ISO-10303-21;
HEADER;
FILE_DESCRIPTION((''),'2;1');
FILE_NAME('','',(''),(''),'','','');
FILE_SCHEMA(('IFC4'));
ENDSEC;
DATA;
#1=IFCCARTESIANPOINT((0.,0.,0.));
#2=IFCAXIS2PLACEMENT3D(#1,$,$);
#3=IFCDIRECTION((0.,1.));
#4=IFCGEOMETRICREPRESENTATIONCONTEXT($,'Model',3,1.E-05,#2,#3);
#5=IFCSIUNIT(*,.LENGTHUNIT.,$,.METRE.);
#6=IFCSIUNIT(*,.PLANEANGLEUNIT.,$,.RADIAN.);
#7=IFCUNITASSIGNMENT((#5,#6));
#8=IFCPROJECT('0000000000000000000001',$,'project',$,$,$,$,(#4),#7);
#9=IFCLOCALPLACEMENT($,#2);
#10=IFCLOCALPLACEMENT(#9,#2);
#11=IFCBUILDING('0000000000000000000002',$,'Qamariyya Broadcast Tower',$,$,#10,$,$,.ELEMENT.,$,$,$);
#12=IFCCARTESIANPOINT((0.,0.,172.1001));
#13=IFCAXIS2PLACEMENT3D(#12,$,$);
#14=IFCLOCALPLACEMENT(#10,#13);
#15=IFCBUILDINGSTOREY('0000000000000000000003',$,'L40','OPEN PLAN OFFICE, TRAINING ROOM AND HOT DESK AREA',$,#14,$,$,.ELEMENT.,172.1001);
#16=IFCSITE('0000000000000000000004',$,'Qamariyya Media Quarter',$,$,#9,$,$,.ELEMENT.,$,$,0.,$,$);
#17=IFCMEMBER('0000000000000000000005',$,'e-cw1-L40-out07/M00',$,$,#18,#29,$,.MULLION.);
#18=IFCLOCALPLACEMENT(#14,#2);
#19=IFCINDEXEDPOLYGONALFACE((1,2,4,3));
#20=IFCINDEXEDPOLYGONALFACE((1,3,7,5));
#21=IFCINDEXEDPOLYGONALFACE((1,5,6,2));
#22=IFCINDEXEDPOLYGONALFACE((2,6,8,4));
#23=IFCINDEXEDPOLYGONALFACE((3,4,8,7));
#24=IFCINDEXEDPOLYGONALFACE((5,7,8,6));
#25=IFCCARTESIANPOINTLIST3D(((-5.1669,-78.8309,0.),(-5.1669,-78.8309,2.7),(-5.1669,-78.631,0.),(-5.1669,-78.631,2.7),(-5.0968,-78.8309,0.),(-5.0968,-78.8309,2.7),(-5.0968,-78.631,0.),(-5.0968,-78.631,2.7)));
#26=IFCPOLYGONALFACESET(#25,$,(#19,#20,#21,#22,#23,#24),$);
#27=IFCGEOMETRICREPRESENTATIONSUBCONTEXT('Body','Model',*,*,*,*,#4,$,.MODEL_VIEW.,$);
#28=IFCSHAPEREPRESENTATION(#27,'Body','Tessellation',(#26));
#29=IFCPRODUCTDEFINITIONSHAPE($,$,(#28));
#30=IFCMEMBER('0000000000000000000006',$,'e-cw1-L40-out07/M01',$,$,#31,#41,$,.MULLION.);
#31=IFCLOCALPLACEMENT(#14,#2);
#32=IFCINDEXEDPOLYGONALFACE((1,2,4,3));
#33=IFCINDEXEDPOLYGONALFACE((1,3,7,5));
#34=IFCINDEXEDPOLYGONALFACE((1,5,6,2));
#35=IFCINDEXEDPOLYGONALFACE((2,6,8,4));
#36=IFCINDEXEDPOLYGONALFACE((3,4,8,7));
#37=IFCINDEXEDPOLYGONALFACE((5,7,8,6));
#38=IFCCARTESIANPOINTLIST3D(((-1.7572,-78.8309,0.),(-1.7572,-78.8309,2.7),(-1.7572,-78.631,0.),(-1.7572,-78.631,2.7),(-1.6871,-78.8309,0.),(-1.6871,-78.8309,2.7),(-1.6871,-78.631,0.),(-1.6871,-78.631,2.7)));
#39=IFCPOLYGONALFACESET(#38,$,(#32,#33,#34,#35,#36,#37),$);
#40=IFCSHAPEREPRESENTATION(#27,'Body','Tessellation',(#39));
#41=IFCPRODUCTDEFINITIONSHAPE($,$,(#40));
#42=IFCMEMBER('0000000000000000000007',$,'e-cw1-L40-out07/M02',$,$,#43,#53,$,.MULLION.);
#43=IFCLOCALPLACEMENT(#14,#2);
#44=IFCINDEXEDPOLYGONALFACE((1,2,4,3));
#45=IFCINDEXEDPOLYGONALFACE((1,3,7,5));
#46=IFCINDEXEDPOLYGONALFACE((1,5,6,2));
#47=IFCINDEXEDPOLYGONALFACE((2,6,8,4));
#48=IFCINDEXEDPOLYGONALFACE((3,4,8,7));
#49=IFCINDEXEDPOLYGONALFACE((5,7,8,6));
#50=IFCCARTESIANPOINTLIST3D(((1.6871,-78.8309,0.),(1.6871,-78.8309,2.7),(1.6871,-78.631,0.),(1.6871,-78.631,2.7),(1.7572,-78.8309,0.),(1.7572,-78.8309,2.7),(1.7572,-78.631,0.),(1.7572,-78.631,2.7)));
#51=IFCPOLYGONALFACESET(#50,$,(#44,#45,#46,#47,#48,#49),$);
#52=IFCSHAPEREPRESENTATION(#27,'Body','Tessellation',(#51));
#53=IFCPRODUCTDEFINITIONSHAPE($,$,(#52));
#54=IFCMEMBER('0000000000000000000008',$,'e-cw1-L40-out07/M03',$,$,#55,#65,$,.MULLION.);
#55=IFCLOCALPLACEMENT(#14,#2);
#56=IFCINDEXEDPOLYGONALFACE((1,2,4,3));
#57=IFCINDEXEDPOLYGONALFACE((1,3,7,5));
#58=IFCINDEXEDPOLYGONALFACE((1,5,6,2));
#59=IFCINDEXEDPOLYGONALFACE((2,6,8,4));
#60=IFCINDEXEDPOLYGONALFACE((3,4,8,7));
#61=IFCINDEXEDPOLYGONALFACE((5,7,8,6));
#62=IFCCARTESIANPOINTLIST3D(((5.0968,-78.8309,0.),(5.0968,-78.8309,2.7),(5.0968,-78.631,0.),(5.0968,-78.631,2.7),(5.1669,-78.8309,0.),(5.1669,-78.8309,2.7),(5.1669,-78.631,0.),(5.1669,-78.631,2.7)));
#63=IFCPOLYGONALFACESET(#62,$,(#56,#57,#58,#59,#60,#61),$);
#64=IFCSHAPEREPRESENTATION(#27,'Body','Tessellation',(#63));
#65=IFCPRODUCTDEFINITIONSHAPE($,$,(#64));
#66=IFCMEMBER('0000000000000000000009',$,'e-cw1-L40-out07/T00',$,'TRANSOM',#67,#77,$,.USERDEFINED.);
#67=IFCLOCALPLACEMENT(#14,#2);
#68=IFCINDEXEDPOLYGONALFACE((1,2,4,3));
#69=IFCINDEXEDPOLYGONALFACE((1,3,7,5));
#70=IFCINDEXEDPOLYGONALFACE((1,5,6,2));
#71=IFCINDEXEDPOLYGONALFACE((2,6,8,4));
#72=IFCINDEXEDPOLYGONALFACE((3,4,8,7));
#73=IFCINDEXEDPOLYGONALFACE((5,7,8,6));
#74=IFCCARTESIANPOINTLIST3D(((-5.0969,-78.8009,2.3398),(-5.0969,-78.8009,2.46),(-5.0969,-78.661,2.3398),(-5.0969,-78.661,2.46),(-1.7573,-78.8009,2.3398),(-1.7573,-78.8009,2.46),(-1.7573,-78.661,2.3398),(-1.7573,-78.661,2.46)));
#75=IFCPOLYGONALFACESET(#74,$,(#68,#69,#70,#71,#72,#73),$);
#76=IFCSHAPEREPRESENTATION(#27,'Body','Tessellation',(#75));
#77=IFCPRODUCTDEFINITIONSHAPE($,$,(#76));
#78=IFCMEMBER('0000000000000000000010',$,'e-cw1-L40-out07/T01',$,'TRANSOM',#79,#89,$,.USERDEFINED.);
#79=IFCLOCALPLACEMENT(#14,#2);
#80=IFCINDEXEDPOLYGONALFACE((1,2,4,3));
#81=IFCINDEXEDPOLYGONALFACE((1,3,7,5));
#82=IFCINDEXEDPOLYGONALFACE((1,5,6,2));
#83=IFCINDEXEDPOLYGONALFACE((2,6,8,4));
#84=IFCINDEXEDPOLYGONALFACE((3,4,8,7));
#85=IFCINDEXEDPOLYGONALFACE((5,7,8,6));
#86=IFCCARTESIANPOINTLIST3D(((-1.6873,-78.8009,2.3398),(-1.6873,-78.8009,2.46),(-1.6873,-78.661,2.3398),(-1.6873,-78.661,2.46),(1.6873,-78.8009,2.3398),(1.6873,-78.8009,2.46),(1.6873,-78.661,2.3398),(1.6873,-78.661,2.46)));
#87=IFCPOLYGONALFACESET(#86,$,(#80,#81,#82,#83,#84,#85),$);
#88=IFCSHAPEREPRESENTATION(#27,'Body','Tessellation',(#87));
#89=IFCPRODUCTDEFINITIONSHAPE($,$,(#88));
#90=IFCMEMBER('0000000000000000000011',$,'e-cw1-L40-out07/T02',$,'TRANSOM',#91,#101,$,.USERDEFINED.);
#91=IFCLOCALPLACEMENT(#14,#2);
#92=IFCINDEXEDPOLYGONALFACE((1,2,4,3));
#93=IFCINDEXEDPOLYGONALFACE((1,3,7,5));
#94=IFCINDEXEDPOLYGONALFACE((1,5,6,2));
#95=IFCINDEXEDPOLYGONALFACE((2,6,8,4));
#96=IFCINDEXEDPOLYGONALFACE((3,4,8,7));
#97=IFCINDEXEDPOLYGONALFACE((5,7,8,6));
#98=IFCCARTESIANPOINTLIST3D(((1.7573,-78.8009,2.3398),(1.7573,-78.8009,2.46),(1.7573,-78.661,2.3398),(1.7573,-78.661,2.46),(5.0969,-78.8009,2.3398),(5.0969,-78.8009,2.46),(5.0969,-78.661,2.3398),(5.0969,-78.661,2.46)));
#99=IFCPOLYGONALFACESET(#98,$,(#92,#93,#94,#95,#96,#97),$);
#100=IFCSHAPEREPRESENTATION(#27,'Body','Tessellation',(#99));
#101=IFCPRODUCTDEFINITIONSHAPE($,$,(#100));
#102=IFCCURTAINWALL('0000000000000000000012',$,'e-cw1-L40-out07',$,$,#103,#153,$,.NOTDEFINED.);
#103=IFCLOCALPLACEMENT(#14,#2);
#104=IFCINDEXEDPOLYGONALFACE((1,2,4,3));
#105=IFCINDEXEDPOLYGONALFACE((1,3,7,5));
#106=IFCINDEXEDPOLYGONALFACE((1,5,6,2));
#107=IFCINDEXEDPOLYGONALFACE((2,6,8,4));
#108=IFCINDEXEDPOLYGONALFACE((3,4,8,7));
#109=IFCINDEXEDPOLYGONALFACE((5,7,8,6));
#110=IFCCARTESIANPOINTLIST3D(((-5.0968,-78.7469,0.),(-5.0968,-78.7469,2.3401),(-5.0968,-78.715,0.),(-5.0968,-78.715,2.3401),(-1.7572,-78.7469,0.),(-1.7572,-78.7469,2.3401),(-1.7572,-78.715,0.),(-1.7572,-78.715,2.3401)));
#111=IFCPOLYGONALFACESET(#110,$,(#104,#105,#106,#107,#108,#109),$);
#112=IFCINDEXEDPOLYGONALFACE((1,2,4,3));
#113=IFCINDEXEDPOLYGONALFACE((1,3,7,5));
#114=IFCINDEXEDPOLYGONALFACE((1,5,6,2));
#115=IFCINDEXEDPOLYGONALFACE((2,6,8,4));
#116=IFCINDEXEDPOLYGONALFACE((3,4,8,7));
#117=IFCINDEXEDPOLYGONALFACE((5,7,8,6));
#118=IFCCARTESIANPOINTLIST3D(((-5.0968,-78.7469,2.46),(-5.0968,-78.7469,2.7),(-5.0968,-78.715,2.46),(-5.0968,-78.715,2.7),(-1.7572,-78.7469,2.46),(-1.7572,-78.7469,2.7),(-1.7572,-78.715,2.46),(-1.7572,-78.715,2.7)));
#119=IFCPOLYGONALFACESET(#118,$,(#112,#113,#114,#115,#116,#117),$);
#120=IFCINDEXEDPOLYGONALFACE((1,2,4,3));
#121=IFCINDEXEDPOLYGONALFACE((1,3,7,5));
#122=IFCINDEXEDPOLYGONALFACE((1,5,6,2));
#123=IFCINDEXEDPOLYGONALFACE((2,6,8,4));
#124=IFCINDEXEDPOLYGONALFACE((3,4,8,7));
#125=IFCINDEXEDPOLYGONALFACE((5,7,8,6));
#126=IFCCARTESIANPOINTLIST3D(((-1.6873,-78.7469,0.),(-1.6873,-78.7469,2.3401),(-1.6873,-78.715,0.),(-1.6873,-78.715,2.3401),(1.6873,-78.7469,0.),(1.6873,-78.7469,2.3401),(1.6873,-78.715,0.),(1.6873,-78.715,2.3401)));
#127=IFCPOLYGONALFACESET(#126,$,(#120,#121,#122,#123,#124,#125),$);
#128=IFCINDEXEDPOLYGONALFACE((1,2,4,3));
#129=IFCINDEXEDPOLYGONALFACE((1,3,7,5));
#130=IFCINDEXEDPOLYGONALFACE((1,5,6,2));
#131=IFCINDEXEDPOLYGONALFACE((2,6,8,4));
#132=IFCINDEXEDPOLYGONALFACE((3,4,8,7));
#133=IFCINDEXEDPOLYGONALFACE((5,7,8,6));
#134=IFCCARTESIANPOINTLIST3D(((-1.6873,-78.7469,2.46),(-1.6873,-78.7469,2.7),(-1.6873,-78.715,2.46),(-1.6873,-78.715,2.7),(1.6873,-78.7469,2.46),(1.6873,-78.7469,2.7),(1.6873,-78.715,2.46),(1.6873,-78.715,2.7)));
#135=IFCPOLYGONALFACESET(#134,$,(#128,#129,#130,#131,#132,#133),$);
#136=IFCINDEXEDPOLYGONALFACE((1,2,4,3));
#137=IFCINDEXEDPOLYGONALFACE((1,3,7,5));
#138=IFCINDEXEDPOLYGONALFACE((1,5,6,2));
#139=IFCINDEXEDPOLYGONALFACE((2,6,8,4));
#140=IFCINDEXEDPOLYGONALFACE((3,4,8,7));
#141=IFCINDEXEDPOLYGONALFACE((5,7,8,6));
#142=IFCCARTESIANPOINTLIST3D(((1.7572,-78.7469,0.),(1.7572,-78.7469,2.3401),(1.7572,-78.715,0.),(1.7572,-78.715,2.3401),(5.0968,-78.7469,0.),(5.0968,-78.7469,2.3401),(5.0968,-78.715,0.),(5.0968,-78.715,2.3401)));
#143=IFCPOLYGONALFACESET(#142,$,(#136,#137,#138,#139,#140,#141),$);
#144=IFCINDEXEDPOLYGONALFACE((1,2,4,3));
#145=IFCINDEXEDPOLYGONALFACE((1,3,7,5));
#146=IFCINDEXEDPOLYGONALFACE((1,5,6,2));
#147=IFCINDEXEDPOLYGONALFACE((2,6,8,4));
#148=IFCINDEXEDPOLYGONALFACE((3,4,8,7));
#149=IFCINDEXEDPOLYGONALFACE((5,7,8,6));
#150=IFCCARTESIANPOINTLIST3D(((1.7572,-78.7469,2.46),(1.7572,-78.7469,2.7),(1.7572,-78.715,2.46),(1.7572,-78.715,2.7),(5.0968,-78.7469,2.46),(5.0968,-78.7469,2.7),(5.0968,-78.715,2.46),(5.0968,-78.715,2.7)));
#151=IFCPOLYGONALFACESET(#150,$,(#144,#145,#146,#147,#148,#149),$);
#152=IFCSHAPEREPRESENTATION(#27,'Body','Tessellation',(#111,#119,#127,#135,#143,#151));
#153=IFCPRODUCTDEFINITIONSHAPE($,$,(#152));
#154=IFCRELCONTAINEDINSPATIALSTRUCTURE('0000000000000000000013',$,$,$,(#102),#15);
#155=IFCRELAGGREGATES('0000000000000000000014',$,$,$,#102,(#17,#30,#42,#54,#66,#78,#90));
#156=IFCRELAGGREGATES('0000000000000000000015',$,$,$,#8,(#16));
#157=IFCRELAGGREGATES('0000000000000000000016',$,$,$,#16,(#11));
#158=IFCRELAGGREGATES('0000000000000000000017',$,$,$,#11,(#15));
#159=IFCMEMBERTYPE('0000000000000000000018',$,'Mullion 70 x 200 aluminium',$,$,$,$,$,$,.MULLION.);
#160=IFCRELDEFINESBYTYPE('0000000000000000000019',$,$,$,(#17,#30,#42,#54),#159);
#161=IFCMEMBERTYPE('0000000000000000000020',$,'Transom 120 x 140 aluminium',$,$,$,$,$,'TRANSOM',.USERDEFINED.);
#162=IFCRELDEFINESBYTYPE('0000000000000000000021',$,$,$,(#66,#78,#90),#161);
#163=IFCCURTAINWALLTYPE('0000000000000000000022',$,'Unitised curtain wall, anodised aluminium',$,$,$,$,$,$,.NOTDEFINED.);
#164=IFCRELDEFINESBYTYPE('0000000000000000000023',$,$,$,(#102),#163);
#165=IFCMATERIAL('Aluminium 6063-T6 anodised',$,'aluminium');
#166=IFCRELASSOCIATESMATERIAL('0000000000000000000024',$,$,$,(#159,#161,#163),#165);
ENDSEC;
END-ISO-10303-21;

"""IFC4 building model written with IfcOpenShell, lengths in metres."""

from ifc_helpers import new_model, si_unit, direction, frame, origin, origin_2d, place, context, subcontext, project, spatial, rectangle, extrude, material, material_profile, profile_set, type_object, element, aggregate, save


model = new_model("IFC4")

# Units and contexts
model_context = context("Model", 3, precision=1e-05, world=origin(), true_north=direction((0.0, 1.0)))
body_context = subcontext(model_context, "Body", "Model", "MODEL_VIEW")
ifc_project = project(units=[si_unit("LENGTHUNIT", "METRE"), si_unit("PLANEANGLEUNIT", "RADIAN")], contexts=[model_context])

# Members
ifc_material = material(Name="Aluminium 6063-T6 anodised", Category="aluminium")
ifc_material_profile_1 = material_profile(ifc_material, rectangle(XDim=0.2, YDim=0.0701, at=origin_2d()))
ifc_profile_set_1 = profile_set([ifc_material_profile_1], Name="Aluminium 6063-T6 anodised")
member_type_1 = type_object("IfcMemberType", Name="Mullion 70 x 200 aluminium", PredefinedType="MULLION", material=ifc_profile_set_1)
site_placement = place(None, origin())
building_placement = place(site_placement, origin())
storey_placement = place(building_placement, frame((0.0, 0.0, 172.1001)))
member_1_placement = place(storey_placement, frame((-5.1318, -78.731, 0.0), z_axis=(0.0, 0.0, 1.0), x_axis=(0.0, 1.0, 0.0)))
member_1 = element("IfcMember", 1, at=member_1_placement, type_object=member_type_1, Name="e-cw1-L40-out07/M00", PredefinedType="MULLION", context=body_context, shape_type="SweptSolid", body=[
    extrude(rectangle(XDim=0.2, YDim=0.0701, at=origin_2d()), origin(), (0.0, 0.0, 1.0), 2.7),
])
member_2_placement = place(storey_placement, frame((-1.7222, -78.731, 0.0), z_axis=(0.0, 0.0, 1.0), x_axis=(0.0, 1.0, 0.0)))
member_2 = element("IfcMember", 2, at=member_2_placement, type_object=member_type_1, Name="e-cw1-L40-out07/M01", PredefinedType="MULLION", context=body_context, shape_type="SweptSolid", body=[
    extrude(rectangle(XDim=0.2, YDim=0.0701, at=origin_2d()), origin(), (0.0, 0.0, 1.0), 2.7),
])
member_3_placement = place(storey_placement, frame((1.7222, -78.731, 0.0), z_axis=(0.0, 0.0, 1.0), x_axis=(0.0, 1.0, 0.0)))
member_3 = element("IfcMember", 3, at=member_3_placement, type_object=member_type_1, Name="e-cw1-L40-out07/M02", PredefinedType="MULLION", context=body_context, shape_type="SweptSolid", body=[
    extrude(rectangle(XDim=0.2, YDim=0.0701, at=origin_2d()), origin(), (0.0, 0.0, 1.0), 2.7),
])
member_4_placement = place(storey_placement, frame((5.1318, -78.731, 0.0), z_axis=(0.0, 0.0, 1.0), x_axis=(0.0, 1.0, 0.0)))
member_4 = element("IfcMember", 4, at=member_4_placement, type_object=member_type_1, Name="e-cw1-L40-out07/M03", PredefinedType="MULLION", context=body_context, shape_type="SweptSolid", body=[
    extrude(rectangle(XDim=0.2, YDim=0.0701, at=origin_2d()), origin(), (0.0, 0.0, 1.0), 2.7),
])
ifc_material_profile_2 = material_profile(ifc_material, rectangle(XDim=0.1399, YDim=0.1201, at=origin_2d()))
ifc_profile_set_2 = profile_set([ifc_material_profile_2], Name="Aluminium 6063-T6 anodised")
member_type_2 = type_object("IfcMemberType", Name="Transom 120 x 140 aluminium", ElementType="TRANSOM", PredefinedType="USERDEFINED", material=ifc_profile_set_2)
member_5_placement = place(storey_placement, frame((-5.0969, -78.731, 2.3999), z_axis=(1.0, 0.0, 0.0), x_axis=(0.0, 1.0, 0.0)))
member_5 = element("IfcMember", 5, at=member_5_placement, type_object=member_type_2, Name="e-cw1-L40-out07/T00", ObjectType="TRANSOM", PredefinedType="USERDEFINED", context=body_context, shape_type="SweptSolid", body=[
    extrude(rectangle(XDim=0.1399, YDim=0.1201, at=origin_2d()), origin(), (0.0, 0.0, 1.0), 3.3396),
])
member_6_placement = place(storey_placement, frame((-1.6873, -78.731, 2.3999), z_axis=(1.0, 0.0, 0.0), x_axis=(0.0, 1.0, 0.0)))
member_6 = element("IfcMember", 6, at=member_6_placement, type_object=member_type_2, Name="e-cw1-L40-out07/T01", ObjectType="TRANSOM", PredefinedType="USERDEFINED", context=body_context, shape_type="SweptSolid", body=[
    extrude(rectangle(XDim=0.1399, YDim=0.1201, at=origin_2d()), origin(), (0.0, 0.0, 1.0), 3.3745),
])
member_7_placement = place(storey_placement, frame((1.7573, -78.731, 2.3999), z_axis=(1.0, 0.0, 0.0), x_axis=(0.0, 1.0, 0.0)))
member_7 = element("IfcMember", 7, at=member_7_placement, type_object=member_type_2, Name="e-cw1-L40-out07/T02", ObjectType="TRANSOM", PredefinedType="USERDEFINED", context=body_context, shape_type="SweptSolid", body=[
    extrude(rectangle(XDim=0.1399, YDim=0.1201, at=origin_2d()), origin(), (0.0, 0.0, 1.0), 3.3396),
])

# Site, building, storey
site = spatial("IfcSite", under=ifc_project, at=site_placement, Name="Qamariyya Media Quarter", CompositionType="ELEMENT", RefElevation=0.0)
building = spatial("IfcBuilding", under=site, at=building_placement, Name="Qamariyya Broadcast Tower", CompositionType="ELEMENT")
storey = spatial("IfcBuildingStorey", under=building, at=storey_placement, Name="L40", Description="OPEN PLAN OFFICE, TRAINING ROOM AND HOT DESK AREA", CompositionType="ELEMENT", Elevation=172.1001)

# Curtain wall
curtain_wall_type = type_object("IfcCurtainWallType", Name="Unitised curtain wall, anodised aluminium", PredefinedType="NOTDEFINED", material=ifc_material)
curtain_wall_1_placement = place(storey_placement, origin())
curtain_wall_1 = element("IfcCurtainWall", 8, at=curtain_wall_1_placement, inside=storey, type_object=curtain_wall_type, Name="e-cw1-L40-out07", PredefinedType="NOTDEFINED", context=body_context, shape_type="SweptSolid", body=[
    extrude(rectangle(XDim=3.3396, YDim=0.032, at=origin_2d()), frame((-3.427, -78.731, 0.0), x_axis=(1.0, 0.0, 0.0)), (0.0, 0.0, 1.0), 2.3401),
    extrude(rectangle(XDim=3.3396, YDim=0.032, at=origin_2d()), frame((-3.427, -78.731, 2.46), x_axis=(1.0, 0.0, 0.0)), (0.0, 0.0, 1.0), 0.24),
    extrude(rectangle(XDim=3.3745, YDim=0.032, at=origin_2d()), frame((0.0, -78.731, 0.0), x_axis=(1.0, 0.0, 0.0)), (0.0, 0.0, 1.0), 2.3401),
    extrude(rectangle(XDim=3.3745, YDim=0.032, at=origin_2d()), frame((0.0, -78.731, 2.46), x_axis=(1.0, 0.0, 0.0)), (0.0, 0.0, 1.0), 0.24),
    extrude(rectangle(XDim=3.3396, YDim=0.032, at=origin_2d()), frame((3.427, -78.731, 0.0), x_axis=(1.0, 0.0, 0.0)), (0.0, 0.0, 1.0), 2.3401),
    extrude(rectangle(XDim=3.3396, YDim=0.032, at=origin_2d()), frame((3.427, -78.731, 2.46), x_axis=(1.0, 0.0, 0.0)), (0.0, 0.0, 1.0), 0.24),
])
aggregate(curtain_wall_1, [member_1, member_2, member_3, member_4, member_5, member_6, member_7])

save(model, "model.ifc")
